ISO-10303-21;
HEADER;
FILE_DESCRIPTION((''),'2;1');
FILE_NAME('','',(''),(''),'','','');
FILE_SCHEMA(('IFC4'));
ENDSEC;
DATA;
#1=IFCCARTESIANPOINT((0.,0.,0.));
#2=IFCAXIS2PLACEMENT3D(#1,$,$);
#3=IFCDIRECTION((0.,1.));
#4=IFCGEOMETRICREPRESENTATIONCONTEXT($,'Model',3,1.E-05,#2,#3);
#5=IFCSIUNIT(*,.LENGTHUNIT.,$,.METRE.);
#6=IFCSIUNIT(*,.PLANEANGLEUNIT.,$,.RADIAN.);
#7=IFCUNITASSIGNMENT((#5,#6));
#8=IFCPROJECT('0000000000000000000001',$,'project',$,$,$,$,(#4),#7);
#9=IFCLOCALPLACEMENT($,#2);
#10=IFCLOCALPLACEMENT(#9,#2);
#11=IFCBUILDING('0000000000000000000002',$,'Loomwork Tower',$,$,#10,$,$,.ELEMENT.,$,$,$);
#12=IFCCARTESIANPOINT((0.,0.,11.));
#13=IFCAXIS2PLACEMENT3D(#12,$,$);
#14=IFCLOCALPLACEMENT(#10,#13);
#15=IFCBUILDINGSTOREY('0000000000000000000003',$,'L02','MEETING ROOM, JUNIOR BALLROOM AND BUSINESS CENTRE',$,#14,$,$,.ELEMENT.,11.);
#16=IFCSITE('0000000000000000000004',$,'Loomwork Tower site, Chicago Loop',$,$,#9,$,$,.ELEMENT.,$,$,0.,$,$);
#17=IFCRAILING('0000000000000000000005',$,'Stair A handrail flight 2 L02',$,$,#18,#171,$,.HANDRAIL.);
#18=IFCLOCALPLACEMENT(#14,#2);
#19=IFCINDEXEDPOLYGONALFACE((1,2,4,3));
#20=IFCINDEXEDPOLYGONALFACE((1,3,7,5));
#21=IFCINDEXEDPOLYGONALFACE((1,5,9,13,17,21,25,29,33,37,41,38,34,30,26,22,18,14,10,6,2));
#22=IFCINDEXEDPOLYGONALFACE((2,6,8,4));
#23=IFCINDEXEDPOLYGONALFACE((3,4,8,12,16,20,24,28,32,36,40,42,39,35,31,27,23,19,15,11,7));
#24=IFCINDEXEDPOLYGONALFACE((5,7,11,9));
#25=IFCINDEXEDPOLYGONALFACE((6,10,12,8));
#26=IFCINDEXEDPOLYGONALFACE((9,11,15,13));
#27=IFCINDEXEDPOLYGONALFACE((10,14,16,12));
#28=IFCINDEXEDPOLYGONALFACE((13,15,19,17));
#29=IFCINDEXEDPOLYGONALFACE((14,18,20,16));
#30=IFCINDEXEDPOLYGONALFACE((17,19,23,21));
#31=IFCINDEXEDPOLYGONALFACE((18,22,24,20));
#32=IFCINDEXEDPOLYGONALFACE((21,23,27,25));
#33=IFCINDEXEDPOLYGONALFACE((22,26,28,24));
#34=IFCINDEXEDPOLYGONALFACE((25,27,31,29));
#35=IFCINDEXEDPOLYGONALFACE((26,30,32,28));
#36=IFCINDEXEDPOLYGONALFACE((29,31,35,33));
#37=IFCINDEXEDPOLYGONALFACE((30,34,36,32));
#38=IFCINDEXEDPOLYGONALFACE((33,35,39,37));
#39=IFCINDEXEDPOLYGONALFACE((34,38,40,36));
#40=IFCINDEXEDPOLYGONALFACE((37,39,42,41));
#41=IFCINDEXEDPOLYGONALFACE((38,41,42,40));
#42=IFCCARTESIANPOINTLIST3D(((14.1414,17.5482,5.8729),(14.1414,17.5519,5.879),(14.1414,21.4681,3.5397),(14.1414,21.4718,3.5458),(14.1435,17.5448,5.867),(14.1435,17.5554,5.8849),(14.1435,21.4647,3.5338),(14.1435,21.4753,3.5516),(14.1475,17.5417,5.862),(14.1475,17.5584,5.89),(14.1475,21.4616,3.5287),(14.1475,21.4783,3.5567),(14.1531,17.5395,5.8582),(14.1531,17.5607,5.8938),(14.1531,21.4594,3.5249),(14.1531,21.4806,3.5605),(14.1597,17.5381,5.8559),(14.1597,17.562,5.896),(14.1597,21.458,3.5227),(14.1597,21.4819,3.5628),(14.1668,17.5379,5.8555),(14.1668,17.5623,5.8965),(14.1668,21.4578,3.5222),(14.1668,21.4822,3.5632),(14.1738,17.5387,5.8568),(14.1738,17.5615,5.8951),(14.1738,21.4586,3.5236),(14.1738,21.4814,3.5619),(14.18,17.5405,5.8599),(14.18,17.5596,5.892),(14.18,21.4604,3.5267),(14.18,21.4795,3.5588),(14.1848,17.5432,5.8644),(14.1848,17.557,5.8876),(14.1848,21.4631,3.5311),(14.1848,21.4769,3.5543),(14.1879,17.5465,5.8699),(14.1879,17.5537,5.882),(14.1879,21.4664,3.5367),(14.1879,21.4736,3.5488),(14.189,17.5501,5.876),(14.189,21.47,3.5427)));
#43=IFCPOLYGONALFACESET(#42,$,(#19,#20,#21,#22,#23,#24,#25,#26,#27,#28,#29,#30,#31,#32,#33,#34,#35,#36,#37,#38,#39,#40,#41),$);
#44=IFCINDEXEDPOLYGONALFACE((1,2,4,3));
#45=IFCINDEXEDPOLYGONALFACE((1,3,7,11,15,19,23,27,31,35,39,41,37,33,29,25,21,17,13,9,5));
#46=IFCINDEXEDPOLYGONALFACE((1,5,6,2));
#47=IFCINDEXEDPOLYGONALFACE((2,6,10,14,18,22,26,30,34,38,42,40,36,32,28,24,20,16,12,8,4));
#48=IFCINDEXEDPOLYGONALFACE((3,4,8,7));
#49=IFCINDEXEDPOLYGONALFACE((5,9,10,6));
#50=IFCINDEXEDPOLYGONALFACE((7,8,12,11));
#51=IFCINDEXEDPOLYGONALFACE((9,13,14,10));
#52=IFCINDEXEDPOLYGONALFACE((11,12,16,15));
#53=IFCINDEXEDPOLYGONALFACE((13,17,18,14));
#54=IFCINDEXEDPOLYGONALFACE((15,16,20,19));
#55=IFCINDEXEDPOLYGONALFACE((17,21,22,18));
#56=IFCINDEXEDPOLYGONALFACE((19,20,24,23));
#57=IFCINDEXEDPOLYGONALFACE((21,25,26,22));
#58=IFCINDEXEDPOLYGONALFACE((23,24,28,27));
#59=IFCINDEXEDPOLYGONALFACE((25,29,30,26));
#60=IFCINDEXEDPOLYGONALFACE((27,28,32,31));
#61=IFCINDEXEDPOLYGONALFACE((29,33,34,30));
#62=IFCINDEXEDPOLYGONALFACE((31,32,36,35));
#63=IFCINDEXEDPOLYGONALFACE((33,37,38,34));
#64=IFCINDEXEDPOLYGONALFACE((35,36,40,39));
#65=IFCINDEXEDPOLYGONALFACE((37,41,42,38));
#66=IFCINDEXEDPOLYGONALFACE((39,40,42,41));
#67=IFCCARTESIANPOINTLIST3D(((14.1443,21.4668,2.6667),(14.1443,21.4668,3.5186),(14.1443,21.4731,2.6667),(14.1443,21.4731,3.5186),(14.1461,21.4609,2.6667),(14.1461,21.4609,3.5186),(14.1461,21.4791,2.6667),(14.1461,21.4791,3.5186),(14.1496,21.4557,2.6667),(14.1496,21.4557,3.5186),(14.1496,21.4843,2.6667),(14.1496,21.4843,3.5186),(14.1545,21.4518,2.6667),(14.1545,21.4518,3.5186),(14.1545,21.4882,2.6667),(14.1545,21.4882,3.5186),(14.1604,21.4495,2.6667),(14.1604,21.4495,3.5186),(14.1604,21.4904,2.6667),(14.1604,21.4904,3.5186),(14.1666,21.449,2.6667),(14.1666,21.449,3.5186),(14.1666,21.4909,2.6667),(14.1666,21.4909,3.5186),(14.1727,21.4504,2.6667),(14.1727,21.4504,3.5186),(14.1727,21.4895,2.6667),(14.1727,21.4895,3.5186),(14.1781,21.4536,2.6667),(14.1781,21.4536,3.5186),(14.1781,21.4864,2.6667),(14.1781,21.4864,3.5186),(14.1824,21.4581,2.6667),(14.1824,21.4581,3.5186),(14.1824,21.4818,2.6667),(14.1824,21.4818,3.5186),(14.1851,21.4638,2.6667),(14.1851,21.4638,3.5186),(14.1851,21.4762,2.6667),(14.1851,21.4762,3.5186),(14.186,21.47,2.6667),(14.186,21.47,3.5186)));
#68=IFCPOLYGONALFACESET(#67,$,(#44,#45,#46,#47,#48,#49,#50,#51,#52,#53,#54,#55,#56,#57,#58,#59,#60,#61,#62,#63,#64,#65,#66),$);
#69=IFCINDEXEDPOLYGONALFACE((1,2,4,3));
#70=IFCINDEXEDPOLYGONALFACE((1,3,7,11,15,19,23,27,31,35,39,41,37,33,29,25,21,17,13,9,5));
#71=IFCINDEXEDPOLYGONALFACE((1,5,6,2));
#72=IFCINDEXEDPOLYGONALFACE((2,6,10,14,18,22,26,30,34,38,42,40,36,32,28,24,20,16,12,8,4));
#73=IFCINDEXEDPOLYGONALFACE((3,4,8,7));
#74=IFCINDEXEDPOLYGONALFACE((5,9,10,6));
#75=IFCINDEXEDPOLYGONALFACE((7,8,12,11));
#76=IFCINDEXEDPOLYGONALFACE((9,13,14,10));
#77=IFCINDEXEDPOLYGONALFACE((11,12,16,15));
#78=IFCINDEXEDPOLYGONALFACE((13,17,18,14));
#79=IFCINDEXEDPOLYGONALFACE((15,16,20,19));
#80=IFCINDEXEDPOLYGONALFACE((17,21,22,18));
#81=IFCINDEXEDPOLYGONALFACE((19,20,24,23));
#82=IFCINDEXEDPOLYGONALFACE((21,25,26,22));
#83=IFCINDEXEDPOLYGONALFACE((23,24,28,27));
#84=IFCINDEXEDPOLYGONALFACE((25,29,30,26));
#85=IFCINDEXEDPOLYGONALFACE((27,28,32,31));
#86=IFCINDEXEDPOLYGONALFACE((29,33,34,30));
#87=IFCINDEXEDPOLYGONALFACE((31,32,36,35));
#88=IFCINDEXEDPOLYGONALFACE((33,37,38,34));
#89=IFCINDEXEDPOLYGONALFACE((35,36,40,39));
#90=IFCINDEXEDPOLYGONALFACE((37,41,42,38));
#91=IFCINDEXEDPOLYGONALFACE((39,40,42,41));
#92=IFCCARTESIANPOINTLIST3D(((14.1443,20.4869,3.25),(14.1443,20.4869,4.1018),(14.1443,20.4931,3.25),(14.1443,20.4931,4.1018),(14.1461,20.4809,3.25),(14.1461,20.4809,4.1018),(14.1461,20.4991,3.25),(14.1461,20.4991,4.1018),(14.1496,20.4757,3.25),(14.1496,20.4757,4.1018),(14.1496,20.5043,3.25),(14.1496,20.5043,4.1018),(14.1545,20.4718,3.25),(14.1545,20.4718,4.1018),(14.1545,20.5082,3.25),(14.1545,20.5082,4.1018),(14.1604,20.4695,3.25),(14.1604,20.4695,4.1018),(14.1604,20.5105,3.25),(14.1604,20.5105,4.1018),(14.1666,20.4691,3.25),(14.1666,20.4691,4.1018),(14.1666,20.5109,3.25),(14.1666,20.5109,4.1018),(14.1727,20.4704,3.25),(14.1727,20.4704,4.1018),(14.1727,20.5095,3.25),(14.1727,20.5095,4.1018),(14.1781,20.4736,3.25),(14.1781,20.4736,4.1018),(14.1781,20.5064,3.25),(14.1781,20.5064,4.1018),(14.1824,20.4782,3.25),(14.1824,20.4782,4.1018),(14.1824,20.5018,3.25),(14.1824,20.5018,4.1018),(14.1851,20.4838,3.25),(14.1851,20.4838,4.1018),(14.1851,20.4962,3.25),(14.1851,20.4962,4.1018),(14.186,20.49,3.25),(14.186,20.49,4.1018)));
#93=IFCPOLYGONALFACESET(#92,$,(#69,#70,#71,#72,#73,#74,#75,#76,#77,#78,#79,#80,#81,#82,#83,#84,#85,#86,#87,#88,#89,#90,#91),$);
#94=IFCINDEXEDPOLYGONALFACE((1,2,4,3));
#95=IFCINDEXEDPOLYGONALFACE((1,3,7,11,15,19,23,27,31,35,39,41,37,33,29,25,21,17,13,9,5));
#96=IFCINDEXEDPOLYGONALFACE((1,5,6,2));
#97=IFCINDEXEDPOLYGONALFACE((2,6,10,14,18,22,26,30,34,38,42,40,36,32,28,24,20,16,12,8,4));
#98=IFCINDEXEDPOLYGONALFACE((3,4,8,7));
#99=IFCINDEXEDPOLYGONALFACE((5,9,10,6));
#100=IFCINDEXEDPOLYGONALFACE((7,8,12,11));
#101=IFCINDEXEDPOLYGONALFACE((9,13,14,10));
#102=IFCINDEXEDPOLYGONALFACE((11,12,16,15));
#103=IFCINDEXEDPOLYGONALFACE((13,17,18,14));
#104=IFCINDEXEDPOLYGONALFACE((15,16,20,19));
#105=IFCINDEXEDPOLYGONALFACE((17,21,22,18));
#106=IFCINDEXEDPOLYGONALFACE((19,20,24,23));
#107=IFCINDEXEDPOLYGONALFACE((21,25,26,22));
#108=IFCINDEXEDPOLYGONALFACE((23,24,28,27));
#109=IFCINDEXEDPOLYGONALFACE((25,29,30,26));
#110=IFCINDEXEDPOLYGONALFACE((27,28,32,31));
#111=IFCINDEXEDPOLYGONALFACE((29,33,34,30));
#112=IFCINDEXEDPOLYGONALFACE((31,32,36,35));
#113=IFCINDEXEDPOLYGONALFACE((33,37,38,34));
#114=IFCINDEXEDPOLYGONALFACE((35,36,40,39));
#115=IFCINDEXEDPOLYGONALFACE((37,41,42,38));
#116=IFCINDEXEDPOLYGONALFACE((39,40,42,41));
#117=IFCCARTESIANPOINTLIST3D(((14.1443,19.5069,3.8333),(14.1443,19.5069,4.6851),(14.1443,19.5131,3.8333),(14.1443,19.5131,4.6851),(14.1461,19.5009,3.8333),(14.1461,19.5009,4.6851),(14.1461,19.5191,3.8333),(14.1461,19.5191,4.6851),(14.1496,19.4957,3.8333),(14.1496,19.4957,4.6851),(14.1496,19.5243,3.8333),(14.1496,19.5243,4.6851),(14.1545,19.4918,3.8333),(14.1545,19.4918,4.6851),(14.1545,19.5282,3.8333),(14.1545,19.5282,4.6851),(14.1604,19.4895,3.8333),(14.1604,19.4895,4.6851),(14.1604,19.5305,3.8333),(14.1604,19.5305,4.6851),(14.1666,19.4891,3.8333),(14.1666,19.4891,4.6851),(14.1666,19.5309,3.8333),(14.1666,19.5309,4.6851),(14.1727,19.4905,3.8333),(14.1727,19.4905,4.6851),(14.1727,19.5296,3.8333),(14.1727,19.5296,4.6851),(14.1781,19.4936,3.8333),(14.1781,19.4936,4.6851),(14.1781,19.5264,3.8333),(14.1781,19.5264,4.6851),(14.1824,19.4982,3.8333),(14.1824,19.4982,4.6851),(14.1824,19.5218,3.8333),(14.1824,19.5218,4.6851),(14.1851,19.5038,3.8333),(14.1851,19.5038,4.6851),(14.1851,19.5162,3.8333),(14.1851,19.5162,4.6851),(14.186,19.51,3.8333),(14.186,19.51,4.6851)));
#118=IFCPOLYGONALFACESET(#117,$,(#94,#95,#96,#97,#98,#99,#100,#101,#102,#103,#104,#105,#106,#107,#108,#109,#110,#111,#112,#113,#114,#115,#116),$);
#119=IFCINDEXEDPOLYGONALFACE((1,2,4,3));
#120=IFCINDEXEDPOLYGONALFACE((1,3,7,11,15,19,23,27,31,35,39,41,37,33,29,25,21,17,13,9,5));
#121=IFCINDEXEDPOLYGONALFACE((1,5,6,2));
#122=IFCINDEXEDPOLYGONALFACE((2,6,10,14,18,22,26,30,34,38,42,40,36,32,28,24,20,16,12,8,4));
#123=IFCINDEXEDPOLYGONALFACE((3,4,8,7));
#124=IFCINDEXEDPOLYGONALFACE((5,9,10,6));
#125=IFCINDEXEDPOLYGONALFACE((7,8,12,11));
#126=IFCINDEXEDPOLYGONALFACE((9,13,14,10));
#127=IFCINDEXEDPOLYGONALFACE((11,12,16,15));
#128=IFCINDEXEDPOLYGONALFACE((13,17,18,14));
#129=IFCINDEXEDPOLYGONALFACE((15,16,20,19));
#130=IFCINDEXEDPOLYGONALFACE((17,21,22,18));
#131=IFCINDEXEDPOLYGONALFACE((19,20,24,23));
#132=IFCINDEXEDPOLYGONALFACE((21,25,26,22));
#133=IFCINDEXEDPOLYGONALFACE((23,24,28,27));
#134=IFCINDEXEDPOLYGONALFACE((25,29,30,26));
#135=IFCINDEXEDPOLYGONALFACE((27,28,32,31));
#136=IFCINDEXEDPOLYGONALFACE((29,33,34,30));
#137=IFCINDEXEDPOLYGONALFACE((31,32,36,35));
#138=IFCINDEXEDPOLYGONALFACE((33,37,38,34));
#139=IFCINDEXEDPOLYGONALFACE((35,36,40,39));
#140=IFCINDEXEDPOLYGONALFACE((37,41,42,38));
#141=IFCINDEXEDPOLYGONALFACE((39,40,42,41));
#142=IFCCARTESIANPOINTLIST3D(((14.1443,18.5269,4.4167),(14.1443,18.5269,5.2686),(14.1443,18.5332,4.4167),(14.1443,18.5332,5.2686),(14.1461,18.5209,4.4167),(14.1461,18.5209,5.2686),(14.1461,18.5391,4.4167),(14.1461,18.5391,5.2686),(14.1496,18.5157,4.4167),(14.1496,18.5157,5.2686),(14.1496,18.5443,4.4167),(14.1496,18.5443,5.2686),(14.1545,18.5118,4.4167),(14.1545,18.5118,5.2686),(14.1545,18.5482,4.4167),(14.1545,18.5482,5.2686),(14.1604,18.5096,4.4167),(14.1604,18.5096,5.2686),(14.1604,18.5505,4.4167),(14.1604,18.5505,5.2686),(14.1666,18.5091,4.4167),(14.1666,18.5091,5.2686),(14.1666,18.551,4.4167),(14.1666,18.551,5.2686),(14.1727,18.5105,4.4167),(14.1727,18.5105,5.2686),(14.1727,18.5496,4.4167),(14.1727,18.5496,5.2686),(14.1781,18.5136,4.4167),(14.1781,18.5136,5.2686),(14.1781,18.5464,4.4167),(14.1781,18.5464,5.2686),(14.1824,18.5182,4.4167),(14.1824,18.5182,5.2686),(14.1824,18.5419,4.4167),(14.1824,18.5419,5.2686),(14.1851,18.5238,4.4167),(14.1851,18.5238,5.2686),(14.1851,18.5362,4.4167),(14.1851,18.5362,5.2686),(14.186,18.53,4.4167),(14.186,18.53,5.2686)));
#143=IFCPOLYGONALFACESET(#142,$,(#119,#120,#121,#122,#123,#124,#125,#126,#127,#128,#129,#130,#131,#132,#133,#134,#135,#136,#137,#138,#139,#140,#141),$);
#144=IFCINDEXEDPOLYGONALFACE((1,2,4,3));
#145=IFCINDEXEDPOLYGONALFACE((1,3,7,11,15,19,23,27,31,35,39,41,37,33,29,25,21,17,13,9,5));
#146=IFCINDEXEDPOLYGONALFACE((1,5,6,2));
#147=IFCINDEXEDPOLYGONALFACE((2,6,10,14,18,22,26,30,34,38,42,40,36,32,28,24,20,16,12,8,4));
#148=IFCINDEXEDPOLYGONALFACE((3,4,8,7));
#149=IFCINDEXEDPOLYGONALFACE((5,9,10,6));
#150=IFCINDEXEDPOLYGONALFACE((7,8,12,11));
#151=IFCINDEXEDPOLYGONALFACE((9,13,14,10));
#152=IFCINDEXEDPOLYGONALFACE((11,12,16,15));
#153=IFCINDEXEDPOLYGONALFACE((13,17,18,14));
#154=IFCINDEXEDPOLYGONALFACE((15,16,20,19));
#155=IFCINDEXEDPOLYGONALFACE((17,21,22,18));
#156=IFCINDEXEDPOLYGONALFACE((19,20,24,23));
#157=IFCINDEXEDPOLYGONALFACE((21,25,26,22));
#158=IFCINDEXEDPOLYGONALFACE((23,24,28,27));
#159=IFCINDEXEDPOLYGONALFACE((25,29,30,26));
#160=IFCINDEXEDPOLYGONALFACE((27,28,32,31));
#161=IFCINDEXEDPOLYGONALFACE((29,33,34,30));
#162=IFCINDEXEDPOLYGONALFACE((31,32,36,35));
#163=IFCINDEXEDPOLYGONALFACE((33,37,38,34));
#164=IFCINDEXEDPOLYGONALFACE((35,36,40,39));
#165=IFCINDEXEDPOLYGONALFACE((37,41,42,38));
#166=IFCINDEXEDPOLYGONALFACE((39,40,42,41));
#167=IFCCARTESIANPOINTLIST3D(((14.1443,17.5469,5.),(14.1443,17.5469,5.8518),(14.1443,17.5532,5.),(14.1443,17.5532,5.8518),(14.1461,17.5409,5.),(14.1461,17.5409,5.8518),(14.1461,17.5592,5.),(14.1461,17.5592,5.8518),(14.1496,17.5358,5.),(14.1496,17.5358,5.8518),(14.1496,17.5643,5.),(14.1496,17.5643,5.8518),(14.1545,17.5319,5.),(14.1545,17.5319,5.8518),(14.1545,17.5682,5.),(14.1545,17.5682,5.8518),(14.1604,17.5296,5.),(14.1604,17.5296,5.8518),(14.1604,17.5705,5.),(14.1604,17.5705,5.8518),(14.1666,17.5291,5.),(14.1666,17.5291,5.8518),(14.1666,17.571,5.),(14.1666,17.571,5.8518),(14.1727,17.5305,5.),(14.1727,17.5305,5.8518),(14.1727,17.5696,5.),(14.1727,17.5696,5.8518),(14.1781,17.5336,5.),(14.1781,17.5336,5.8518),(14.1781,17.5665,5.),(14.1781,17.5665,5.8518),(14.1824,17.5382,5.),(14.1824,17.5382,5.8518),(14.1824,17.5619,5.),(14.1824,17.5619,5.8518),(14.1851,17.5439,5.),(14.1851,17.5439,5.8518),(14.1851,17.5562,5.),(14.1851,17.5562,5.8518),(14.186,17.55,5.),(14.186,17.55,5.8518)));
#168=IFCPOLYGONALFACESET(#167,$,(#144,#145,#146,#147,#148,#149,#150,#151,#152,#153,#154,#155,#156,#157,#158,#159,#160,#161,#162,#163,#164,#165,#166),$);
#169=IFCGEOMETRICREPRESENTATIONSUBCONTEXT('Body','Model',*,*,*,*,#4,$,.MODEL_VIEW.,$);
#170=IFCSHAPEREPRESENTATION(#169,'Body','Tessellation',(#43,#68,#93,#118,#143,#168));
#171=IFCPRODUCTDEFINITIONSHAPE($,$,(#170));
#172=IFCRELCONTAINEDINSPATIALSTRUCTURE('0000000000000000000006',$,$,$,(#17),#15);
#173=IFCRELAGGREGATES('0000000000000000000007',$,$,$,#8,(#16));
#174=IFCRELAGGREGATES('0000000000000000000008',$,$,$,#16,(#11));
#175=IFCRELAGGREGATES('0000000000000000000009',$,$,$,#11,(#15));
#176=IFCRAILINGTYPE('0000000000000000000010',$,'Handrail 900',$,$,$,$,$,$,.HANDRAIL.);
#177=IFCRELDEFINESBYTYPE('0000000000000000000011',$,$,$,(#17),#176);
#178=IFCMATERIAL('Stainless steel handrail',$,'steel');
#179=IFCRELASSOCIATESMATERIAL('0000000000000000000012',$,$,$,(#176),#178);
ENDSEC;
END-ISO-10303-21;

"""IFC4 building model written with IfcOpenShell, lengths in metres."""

from ifc_helpers import new_model, si_unit, direction, frame, origin, origin_2d, place, context, subcontext, project, spatial, circle, extrude, material, type_object, element, save


model = new_model("IFC4")

# Units and contexts
model_context = context("Model", 3, precision=1e-05, world=origin(), true_north=direction((0.0, 1.0)))
body_context = subcontext(model_context, "Body", "Model", "MODEL_VIEW")
ifc_project = project(units=[si_unit("LENGTHUNIT", "METRE"), si_unit("PLANEANGLEUNIT", "RADIAN")], contexts=[model_context])

# Site, building, storey
site_placement = place(None, origin())
site = spatial("IfcSite", under=ifc_project, at=site_placement, Name="Loomwork Tower site, Chicago Loop", CompositionType="ELEMENT", RefElevation=0.0)
building_placement = place(site_placement, origin())
building = spatial("IfcBuilding", under=site, at=building_placement, Name="Loomwork Tower", CompositionType="ELEMENT")
storey_placement = place(building_placement, frame((0.0, 0.0, 11.0)))
storey = spatial("IfcBuildingStorey", under=building, at=storey_placement, Name="L02", Description="MEETING ROOM, JUNIOR BALLROOM AND BUSINESS CENTRE", CompositionType="ELEMENT", Elevation=11.0)

# Railing
ifc_material_1 = material(Name="Stainless steel handrail", Category="steel")
railing_type = type_object("IfcRailingType", Name="Handrail 900", PredefinedType="HANDRAIL", material=ifc_material_1)
railing_1_placement = place(storey_placement, frame((14.165, 21.47, 2.6667)))
element("IfcRailing", 1, at=railing_1_placement, inside=storey, type_object=railing_type, Name="Stair A handrail flight 2 L02", PredefinedType="HANDRAIL", context=body_context, shape_type="SweptSolid", body=[
    extrude(circle(Radius=0.0239, at=origin_2d()), frame((0.0, 0.0, 0.876), z_axis=(0.0, -0.859296, 0.511478), x_axis=(1.0, 0.0, 0.0)), (0.0, 0.0, 1.0), 4.5618),
    extrude(circle(Radius=0.021, at=origin_2d()), origin(), (0.0, 0.0, 1.0), 0.8518),
    extrude(circle(Radius=0.021, at=origin_2d()), frame((0.0, -0.98, 0.5833)), (0.0, 0.0, 1.0), 0.8518),
    extrude(circle(Radius=0.021, at=origin_2d()), frame((0.0, -1.96, 1.1665)), (0.0, 0.0, 1.0), 0.8518),
    extrude(circle(Radius=0.021, at=origin_2d()), frame((0.0, -2.9399, 1.75)), (0.0, 0.0, 1.0), 0.8518),
    extrude(circle(Radius=0.021, at=origin_2d()), frame((0.0, -3.9199, 2.3333)), (0.0, 0.0, 1.0), 0.8518),
])

save(model, "model.ifc")
